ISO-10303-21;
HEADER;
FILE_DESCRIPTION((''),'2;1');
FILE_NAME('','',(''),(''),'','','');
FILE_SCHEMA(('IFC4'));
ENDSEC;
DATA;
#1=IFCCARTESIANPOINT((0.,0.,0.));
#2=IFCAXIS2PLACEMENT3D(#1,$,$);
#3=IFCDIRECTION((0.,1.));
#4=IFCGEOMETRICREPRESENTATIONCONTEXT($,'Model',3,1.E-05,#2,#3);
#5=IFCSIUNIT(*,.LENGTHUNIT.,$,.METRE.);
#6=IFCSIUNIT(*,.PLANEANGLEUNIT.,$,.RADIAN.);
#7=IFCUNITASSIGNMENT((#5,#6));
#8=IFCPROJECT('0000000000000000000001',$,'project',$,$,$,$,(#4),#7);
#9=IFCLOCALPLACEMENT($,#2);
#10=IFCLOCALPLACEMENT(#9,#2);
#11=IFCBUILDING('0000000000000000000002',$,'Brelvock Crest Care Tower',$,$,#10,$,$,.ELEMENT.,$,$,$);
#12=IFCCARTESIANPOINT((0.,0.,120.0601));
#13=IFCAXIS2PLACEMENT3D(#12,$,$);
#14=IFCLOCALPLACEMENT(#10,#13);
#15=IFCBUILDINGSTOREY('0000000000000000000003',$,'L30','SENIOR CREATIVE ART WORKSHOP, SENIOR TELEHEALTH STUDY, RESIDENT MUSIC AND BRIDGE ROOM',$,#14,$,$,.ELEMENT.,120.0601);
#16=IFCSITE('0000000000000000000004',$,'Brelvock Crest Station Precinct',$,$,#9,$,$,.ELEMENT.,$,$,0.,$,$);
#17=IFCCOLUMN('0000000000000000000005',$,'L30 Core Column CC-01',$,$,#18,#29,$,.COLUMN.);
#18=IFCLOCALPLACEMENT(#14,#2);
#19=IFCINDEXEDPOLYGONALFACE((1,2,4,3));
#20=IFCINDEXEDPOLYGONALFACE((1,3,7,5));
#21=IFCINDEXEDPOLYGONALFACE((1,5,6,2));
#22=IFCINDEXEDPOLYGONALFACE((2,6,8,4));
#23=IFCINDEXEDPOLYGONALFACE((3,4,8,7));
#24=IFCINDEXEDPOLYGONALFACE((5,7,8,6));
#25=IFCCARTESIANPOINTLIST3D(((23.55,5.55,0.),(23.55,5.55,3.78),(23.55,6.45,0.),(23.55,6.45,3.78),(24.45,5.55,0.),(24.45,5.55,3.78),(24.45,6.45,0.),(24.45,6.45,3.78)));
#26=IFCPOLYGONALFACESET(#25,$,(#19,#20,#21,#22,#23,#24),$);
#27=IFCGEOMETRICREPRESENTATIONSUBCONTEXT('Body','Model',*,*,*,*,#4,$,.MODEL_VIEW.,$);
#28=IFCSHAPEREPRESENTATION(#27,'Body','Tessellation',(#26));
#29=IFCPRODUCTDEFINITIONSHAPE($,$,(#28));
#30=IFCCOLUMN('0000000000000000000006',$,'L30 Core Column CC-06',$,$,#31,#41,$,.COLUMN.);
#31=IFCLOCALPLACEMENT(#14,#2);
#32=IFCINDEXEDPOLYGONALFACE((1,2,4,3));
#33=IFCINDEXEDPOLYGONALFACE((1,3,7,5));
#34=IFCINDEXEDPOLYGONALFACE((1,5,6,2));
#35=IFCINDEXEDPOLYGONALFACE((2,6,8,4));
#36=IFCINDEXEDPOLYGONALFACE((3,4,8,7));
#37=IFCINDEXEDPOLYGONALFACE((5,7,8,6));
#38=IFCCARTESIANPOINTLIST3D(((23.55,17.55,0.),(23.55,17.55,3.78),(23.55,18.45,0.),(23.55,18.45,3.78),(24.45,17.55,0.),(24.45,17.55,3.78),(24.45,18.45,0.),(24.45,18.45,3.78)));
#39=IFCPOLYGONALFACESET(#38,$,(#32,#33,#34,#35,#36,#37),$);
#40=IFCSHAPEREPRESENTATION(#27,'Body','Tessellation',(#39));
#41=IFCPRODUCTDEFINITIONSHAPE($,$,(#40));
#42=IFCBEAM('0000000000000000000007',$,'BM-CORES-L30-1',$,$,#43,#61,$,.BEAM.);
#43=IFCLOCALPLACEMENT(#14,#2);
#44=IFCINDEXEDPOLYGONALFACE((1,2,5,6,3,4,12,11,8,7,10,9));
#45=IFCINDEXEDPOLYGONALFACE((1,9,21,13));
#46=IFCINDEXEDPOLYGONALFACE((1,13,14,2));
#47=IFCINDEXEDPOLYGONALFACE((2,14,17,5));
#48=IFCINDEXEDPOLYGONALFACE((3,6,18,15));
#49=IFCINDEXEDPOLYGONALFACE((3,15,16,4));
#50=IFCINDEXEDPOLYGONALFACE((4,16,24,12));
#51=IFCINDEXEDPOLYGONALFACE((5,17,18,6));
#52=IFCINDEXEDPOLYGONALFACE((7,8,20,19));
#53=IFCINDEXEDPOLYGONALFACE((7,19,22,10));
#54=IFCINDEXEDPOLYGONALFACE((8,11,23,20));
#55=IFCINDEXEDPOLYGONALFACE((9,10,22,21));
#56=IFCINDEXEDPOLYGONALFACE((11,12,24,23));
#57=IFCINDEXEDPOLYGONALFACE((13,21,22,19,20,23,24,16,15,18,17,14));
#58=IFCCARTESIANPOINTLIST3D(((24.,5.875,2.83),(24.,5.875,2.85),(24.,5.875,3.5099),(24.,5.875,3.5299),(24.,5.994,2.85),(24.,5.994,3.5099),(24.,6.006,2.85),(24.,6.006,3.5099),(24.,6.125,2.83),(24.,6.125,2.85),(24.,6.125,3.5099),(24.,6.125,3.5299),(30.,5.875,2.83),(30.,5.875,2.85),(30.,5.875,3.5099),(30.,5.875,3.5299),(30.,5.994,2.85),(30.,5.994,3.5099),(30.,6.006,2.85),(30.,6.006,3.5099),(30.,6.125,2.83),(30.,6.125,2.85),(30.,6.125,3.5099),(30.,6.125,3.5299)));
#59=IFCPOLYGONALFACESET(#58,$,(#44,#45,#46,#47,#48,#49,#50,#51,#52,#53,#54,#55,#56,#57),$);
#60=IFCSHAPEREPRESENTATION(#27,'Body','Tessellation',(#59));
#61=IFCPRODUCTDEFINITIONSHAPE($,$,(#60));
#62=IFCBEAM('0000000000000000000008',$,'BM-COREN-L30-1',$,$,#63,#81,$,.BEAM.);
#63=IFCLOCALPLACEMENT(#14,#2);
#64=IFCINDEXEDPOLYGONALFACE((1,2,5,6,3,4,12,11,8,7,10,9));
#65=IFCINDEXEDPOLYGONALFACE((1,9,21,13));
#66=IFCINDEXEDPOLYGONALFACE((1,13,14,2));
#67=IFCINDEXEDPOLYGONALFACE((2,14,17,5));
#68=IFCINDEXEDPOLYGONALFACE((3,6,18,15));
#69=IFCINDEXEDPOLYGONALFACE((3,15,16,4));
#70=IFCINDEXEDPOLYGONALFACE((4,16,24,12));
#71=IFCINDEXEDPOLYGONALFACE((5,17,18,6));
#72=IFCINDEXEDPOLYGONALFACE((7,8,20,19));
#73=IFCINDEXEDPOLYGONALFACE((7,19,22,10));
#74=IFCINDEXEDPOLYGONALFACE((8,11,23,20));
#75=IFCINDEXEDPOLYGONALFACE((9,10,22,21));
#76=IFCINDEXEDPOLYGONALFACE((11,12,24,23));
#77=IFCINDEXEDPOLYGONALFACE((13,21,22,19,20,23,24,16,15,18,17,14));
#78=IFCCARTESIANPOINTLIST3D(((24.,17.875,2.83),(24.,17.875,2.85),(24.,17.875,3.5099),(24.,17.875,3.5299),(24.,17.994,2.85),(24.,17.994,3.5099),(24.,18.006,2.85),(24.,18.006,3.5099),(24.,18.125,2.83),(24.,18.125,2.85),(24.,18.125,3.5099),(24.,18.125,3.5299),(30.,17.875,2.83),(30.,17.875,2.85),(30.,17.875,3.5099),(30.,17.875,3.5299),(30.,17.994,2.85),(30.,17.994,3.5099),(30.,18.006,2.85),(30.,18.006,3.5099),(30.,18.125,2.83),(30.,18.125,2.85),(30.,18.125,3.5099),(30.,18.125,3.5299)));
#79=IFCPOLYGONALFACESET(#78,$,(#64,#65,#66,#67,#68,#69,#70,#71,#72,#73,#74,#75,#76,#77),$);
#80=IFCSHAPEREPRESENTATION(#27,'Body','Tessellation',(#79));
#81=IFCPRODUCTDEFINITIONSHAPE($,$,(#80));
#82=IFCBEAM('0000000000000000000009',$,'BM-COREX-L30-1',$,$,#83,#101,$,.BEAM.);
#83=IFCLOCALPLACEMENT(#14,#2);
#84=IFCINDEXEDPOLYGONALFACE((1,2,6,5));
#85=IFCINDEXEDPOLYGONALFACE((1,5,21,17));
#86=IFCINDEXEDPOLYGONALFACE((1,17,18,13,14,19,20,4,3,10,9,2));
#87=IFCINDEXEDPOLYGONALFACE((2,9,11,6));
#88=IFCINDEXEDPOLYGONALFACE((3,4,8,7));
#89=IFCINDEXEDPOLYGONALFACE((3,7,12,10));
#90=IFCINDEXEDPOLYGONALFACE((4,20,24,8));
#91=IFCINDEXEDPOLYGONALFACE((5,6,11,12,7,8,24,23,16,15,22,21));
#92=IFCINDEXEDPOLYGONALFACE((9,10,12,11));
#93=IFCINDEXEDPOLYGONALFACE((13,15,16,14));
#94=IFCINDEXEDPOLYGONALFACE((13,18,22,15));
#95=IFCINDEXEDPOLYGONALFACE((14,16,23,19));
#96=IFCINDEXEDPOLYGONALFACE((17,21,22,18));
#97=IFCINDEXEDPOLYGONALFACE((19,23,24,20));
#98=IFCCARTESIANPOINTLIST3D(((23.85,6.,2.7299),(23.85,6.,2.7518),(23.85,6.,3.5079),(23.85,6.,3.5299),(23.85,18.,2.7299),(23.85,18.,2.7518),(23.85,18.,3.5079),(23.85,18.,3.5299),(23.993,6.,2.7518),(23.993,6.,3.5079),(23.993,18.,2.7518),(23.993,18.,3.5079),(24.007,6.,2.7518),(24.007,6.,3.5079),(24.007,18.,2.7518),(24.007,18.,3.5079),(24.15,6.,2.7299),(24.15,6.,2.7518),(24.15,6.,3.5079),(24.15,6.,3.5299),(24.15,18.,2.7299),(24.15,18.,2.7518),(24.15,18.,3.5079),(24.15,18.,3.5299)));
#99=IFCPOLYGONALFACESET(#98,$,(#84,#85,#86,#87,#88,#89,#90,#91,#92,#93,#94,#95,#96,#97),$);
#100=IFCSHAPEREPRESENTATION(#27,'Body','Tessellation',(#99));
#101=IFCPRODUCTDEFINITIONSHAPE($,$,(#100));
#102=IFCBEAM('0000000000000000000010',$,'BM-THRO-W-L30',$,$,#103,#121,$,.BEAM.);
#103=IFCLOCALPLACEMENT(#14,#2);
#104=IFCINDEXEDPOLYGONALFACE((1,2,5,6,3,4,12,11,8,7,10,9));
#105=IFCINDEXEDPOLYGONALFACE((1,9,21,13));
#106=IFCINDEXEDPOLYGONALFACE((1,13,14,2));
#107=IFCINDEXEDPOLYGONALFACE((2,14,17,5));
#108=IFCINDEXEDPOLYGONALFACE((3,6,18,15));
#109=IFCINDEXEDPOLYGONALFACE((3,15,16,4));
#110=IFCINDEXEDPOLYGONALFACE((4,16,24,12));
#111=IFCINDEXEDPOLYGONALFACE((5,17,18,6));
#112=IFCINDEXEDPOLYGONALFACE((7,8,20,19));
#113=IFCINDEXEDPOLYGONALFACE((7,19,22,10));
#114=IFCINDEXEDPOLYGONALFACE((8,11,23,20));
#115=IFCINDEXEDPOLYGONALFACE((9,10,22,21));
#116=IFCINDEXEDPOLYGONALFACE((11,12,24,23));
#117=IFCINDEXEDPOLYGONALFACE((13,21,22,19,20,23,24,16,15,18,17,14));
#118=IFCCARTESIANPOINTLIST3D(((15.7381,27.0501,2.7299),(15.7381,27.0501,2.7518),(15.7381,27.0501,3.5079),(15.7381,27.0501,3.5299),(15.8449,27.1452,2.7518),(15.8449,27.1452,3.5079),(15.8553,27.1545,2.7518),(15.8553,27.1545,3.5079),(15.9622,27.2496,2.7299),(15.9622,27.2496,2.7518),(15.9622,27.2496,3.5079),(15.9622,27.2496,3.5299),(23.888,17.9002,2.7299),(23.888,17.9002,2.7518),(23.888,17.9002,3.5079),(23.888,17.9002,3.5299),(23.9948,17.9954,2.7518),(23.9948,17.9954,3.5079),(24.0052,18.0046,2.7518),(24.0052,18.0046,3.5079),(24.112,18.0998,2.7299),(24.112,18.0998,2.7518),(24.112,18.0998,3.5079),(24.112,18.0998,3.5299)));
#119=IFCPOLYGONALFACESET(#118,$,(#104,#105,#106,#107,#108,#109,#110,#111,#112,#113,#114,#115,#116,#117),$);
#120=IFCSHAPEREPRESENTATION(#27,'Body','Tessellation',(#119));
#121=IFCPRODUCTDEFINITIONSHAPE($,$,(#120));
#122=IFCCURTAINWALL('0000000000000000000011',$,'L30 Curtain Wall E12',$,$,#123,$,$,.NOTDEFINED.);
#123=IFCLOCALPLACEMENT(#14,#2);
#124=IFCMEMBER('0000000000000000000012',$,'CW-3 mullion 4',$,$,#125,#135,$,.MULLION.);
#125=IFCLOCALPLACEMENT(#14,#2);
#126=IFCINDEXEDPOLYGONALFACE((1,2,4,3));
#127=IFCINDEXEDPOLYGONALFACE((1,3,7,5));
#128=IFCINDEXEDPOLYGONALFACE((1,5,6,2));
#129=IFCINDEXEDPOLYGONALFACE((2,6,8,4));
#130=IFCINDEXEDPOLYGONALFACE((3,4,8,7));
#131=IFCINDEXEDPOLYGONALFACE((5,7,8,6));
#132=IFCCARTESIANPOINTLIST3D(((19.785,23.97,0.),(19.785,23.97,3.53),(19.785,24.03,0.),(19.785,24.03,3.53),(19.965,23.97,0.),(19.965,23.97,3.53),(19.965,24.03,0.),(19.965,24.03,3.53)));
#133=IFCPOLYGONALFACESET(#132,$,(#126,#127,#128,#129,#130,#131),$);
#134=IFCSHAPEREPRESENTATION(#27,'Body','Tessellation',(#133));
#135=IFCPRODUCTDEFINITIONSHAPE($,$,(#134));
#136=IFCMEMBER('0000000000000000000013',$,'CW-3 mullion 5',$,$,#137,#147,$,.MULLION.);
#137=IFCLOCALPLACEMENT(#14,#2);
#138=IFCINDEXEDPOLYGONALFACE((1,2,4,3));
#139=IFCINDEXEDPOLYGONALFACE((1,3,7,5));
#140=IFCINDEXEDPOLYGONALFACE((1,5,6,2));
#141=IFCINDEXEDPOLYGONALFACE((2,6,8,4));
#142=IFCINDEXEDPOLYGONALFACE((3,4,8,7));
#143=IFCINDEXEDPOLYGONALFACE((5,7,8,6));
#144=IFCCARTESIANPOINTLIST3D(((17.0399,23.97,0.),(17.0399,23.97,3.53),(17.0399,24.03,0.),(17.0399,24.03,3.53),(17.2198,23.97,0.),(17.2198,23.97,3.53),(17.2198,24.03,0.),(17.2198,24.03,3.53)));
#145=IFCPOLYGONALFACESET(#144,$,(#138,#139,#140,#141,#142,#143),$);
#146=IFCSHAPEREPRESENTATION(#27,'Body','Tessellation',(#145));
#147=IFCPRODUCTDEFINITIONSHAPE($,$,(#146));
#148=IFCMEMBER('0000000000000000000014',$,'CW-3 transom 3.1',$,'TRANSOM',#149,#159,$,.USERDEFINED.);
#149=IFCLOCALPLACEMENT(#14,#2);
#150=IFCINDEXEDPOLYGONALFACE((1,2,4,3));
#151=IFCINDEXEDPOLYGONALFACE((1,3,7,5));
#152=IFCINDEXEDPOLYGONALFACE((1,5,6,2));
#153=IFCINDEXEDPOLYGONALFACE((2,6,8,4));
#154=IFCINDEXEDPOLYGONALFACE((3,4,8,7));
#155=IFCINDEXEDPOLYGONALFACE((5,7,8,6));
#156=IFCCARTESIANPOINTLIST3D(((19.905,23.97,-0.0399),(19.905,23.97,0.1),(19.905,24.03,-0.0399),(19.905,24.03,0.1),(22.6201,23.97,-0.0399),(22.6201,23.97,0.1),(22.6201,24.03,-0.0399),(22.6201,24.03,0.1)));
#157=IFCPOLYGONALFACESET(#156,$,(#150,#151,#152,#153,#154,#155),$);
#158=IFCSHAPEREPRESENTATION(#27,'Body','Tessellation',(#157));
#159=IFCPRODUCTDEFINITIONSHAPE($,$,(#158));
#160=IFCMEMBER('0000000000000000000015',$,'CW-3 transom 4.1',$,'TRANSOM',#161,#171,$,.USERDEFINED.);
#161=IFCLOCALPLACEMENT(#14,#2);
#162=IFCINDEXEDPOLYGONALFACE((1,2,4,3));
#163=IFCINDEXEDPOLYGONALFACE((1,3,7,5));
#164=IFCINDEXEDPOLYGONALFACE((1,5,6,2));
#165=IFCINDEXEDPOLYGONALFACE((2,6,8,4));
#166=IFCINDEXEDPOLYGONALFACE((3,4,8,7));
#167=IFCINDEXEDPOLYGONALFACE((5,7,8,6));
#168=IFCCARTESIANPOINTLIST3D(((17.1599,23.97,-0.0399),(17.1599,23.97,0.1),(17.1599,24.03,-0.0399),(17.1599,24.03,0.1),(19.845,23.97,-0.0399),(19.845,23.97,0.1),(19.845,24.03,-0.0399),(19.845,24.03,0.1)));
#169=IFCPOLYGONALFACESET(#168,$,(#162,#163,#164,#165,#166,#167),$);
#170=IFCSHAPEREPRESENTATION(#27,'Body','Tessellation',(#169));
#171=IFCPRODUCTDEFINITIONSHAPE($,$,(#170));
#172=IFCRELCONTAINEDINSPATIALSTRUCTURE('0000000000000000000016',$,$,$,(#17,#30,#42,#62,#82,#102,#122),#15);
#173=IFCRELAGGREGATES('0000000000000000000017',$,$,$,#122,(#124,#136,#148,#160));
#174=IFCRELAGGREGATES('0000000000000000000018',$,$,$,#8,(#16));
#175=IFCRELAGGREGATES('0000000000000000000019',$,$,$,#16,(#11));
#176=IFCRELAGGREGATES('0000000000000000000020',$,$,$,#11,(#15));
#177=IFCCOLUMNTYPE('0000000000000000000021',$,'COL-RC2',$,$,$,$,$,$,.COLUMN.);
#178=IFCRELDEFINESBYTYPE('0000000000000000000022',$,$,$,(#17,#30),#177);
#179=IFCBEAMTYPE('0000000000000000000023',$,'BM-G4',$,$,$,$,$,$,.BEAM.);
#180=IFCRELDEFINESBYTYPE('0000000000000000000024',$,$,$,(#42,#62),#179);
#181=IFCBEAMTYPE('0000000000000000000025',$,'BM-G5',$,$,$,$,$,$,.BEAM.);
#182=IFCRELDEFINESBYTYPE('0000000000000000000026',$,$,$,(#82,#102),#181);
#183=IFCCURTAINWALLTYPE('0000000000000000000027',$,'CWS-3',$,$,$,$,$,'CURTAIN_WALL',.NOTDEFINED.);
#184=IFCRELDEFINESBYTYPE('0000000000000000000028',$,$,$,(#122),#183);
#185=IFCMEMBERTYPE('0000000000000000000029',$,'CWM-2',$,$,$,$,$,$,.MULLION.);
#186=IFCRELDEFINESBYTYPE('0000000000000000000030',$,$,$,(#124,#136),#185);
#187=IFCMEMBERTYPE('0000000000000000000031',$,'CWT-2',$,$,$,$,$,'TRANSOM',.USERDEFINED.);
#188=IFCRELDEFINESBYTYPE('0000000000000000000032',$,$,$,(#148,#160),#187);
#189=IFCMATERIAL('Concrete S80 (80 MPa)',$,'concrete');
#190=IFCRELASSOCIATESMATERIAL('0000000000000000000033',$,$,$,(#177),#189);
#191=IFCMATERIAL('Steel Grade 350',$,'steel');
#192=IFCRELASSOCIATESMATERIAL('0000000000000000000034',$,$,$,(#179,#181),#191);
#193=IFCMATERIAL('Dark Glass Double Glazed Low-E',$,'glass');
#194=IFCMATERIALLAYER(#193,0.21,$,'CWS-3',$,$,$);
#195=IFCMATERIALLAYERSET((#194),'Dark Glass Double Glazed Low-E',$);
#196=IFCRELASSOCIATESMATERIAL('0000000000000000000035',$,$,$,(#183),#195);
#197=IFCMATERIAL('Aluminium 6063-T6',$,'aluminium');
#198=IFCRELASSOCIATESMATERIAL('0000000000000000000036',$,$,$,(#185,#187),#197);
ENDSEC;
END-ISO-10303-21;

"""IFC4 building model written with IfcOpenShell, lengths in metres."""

from ifc_helpers import new_model, si_unit, direction, frame, origin, origin_2d, place, context, subcontext, project, spatial, rectangle, i_section, extrude, source, transform, mapped, material, layer, layer_set, material_profile, profile_set, type_object, element, aggregate, save


model = new_model("IFC4")

# Units and contexts
model_context = context("Model", 3, precision=1e-05, world=origin(), true_north=direction((0.0, 1.0)))
body_context = subcontext(model_context, "Body", "Model", "MODEL_VIEW")
ifc_project = project(units=[si_unit("LENGTHUNIT", "METRE"), si_unit("PLANEANGLEUNIT", "RADIAN")], contexts=[model_context])

# Site, building, storey
site_placement = place(None, origin())
site = spatial("IfcSite", under=ifc_project, at=site_placement, Name="Brelvock Crest Station Precinct", CompositionType="ELEMENT", RefElevation=0.0)
building_placement = place(site_placement, origin())
building = spatial("IfcBuilding", under=site, at=building_placement, Name="Brelvock Crest Care Tower", CompositionType="ELEMENT")
storey_placement = place(building_placement, frame((0.0, 0.0, 120.0601)))
storey = spatial("IfcBuildingStorey", under=building, at=storey_placement, Name="L30", Description="SENIOR CREATIVE ART WORKSHOP, SENIOR TELEHEALTH STUDY, RESIDENT MUSIC AND BRIDGE ROOM", CompositionType="ELEMENT", Elevation=120.0601)

# Columns
ifc_material_1 = material(Name="Concrete S80 (80 MPa)", Category="concrete")
ifc_material_profile_1 = material_profile(ifc_material_1, rectangle(XDim=0.8999, YDim=0.8999, at=origin_2d()), Name="RC900x900")
ifc_profile_set_1 = profile_set([ifc_material_profile_1], Name="Concrete S80 (80 MPa)")
column_type = type_object("IfcColumnType", Name="COL-RC2", PredefinedType="COLUMN", material=ifc_profile_set_1)
shared_shape_1 = source(origin(), body_context, "Body", "SweptSolid", [
    extrude(rectangle(XDim=0.8999, YDim=0.8999, at=origin_2d()), origin(), (0.0, 0.0, 1.0), 3.78),
])
for number, where, z_axis, x_axis, name in (
    (1, (24.0, 6.0, 0.0), (0.0, 0.0, 1.0), (1.0, 0.0, 0.0), "L30 Core Column CC-01"),
    (2, (24.0, 18.0, 0.0), (0.0, 0.0, 1.0), (1.0, 0.0, 0.0), "L30 Core Column CC-06"),
):
    element("IfcColumn", number, at=place(storey_placement, frame(where, z_axis=z_axis, x_axis=x_axis)), inside=storey, type_object=column_type, Name=name, PredefinedType="COLUMN", context=body_context, shape_type="MappedRepresentation", body=[
        mapped(shared_shape_1, transform((0.0, 0.0, 0.0), x_axis=(1.0, 0.0, 0.0), y_axis=(0.0, 1.0, 0.0), z_axis=(0.0, 0.0, 1.0), scale=1.0)),
    ])

# Beams
ifc_material_2 = material(Name="Steel Grade 350", Category="steel")
ifc_material_profile_2 = material_profile(ifc_material_2, i_section(OverallWidth=0.25, OverallDepth=0.7, WebThickness=0.012, FlangeThickness=0.02, at=origin_2d()), Name="700WB150")
ifc_profile_set_2 = profile_set([ifc_material_profile_2], Name="Steel Grade 350")
beam_type_1 = type_object("IfcBeamType", Name="BM-G4", PredefinedType="BEAM", material=ifc_profile_set_2)
shared_shape_2 = source(origin(), body_context, "Body", "SweptSolid", [
    extrude(i_section(OverallWidth=0.25, OverallDepth=0.7, WebThickness=0.012, FlangeThickness=0.02, at=origin_2d()), origin(), (0.0, 0.0, 1.0), 6.0),
])
for number, where, z_axis, x_axis, name in (
    (3, (24.0, 6.0, 3.1799), (1.0, 0.0, 0.0), (0.0, 1.0, 0.0), "BM-CORES-L30-1"),
    (4, (24.0, 18.0, 3.1799), (1.0, 0.0, 0.0), (0.0, 1.0, 0.0), "BM-COREN-L30-1"),
):
    element("IfcBeam", number, at=place(storey_placement, frame(where, z_axis=z_axis, x_axis=x_axis)), inside=storey, type_object=beam_type_1, Name=name, PredefinedType="BEAM", context=body_context, shape_type="MappedRepresentation", body=[
        mapped(shared_shape_2, transform((0.0, 0.0, 0.0), x_axis=(1.0, 0.0, 0.0), y_axis=(0.0, 1.0, 0.0), z_axis=(0.0, 0.0, 1.0), scale=1.0)),
    ])
ifc_material_profile_3 = material_profile(ifc_material_2, i_section(OverallWidth=0.3, OverallDepth=0.8, WebThickness=0.0139, FlangeThickness=0.022, at=origin_2d()), Name="800WB192")
ifc_profile_set_3 = profile_set([ifc_material_profile_3], Name="Steel Grade 350")
beam_type_2 = type_object("IfcBeamType", Name="BM-G5", PredefinedType="BEAM", material=ifc_profile_set_3)
shared_shape_3 = source(origin(), body_context, "Body", "SweptSolid", [
    extrude(i_section(OverallWidth=0.3, OverallDepth=0.8, WebThickness=0.0139, FlangeThickness=0.022, at=origin_2d()), origin(), (0.0, 0.0, 1.0), 12.0),
])
beam_1_placement = place(storey_placement, frame((24.0, 6.0, 3.1299), z_axis=(0.0, 1.0, 0.0), x_axis=(-1.0, 0.0, 0.0)))
element("IfcBeam", 5, at=beam_1_placement, inside=storey, type_object=beam_type_2, Name="BM-COREX-L30-1", PredefinedType="BEAM", context=body_context, shape_type="MappedRepresentation", body=[
    mapped(shared_shape_3, transform((0.0, 0.0, 0.0), x_axis=(1.0, 0.0, 0.0), y_axis=(0.0, 1.0, 0.0), z_axis=(0.0, 0.0, 1.0), scale=1.0)),
])
shared_shape_4 = source(origin(), body_context, "Body", "SweptSolid", [
    extrude(i_section(OverallWidth=0.3, OverallDepth=0.8, WebThickness=0.0139, FlangeThickness=0.022, at=origin_2d()), origin(), (0.0, 0.0, 1.0), 12.2532),
])
beam_2_placement = place(storey_placement, frame((24.0, 18.0, 3.1299), z_axis=(-0.665123, 0.746734, 0.0), x_axis=(-0.746734, -0.665123, 0.0)))
element("IfcBeam", 6, at=beam_2_placement, inside=storey, type_object=beam_type_2, Name="BM-THRO-W-L30", PredefinedType="BEAM", context=body_context, shape_type="MappedRepresentation", body=[
    mapped(shared_shape_4, transform((0.0, 0.0, 0.0), x_axis=(1.0, 0.0, 0.0), y_axis=(0.0, 1.0, 0.0), z_axis=(0.0, 0.0, 1.0), scale=1.0)),
])

# Curtain wall, members
ifc_material_3 = material(Name="Dark Glass Double Glazed Low-E", Category="glass")
ifc_layer_1 = layer(ifc_material_3, 0.21, Name="CWS-3")
ifc_layer_set_1 = layer_set([ifc_layer_1], Name="Dark Glass Double Glazed Low-E")
curtain_wall_type = type_object("IfcCurtainWallType", Name="CWS-3", ElementType="CURTAIN_WALL", PredefinedType="NOTDEFINED", material=ifc_layer_set_1)
curtain_wall_placement = place(storey_placement, origin())
curtain_wall = element("IfcCurtainWall", 7, at=curtain_wall_placement, inside=storey, type_object=curtain_wall_type, Name="L30 Curtain Wall E12", PredefinedType="NOTDEFINED")
ifc_material_4 = material(Name="Aluminium 6063-T6", Category="aluminium")
ifc_material_profile_4 = material_profile(ifc_material_4, rectangle(XDim=0.0601, YDim=0.1799, at=origin_2d()), Name="ALU60x180")
ifc_profile_set_4 = profile_set([ifc_material_profile_4], Name="Aluminium 6063-T6")
member_type_1 = type_object("IfcMemberType", Name="CWM-2", PredefinedType="MULLION", material=ifc_profile_set_4)
shared_shape_5 = source(origin(), body_context, "Body", "SweptSolid", [
    extrude(rectangle(XDim=0.0601, YDim=0.1799, at=origin_2d()), origin(), (0.0, 0.0, 1.0), 3.53),
])
member_1_placement = place(storey_placement, frame((19.875, 24.0, 0.0), z_axis=(0.0, 0.0, 1.0), x_axis=(0.0, -1.0, 0.0)))
member_1 = element("IfcMember", 8, at=member_1_placement, type_object=member_type_1, Name="CW-3 mullion 4", PredefinedType="MULLION", context=body_context, shape_type="MappedRepresentation", body=[
    mapped(shared_shape_5, transform((0.0, 0.0, 0.0), x_axis=(1.0, 0.0, 0.0), y_axis=(0.0, 1.0, 0.0), z_axis=(0.0, 0.0, 1.0), scale=1.0)),
])
member_2_placement = place(storey_placement, frame((17.1299, 24.0, 0.0), z_axis=(0.0, 0.0, 1.0), x_axis=(0.0, -1.0, 0.0)))
member_2 = element("IfcMember", 9, at=member_2_placement, type_object=member_type_1, Name="CW-3 mullion 5", PredefinedType="MULLION", context=body_context, shape_type="MappedRepresentation", body=[
    mapped(shared_shape_5, transform((0.0, 0.0, 0.0), x_axis=(1.0, 0.0, 0.0), y_axis=(0.0, 1.0, 0.0), z_axis=(0.0, 0.0, 1.0), scale=1.0)),
])
ifc_material_profile_5 = material_profile(ifc_material_4, rectangle(XDim=0.0601, YDim=0.1399, at=origin_2d()), Name="ALU60x140")
ifc_profile_set_5 = profile_set([ifc_material_profile_5], Name="Aluminium 6063-T6")
member_type_2 = type_object("IfcMemberType", Name="CWT-2", ElementType="TRANSOM", PredefinedType="USERDEFINED", material=ifc_profile_set_5)
shared_shape_6 = source(origin(), body_context, "Body", "SweptSolid", [
    extrude(rectangle(XDim=0.0601, YDim=0.1399, at=origin_2d()), origin(), (0.0, 0.0, 1.0), 2.7151),
])
member_3_placement = place(storey_placement, frame((22.6201, 24.0, 0.03), z_axis=(-1.0, 0.0, 0.0), x_axis=(0.0, -1.0, 0.0)))
member_3 = element("IfcMember", 10, at=member_3_placement, type_object=member_type_2, Name="CW-3 transom 3.1", ObjectType="TRANSOM", PredefinedType="USERDEFINED", context=body_context, shape_type="MappedRepresentation", body=[
    mapped(shared_shape_6, transform((0.0, 0.0, 0.0), x_axis=(1.0, 0.0, 0.0), y_axis=(0.0, 1.0, 0.0), z_axis=(0.0, 0.0, 1.0), scale=1.0)),
])
shared_shape_7 = source(origin(), body_context, "Body", "SweptSolid", [
    extrude(rectangle(XDim=0.0601, YDim=0.1399, at=origin_2d()), origin(), (0.0, 0.0, 1.0), 2.6851),
])
member_4_placement = place(storey_placement, frame((19.845, 24.0, 0.03), z_axis=(-1.0, 0.0, 0.0), x_axis=(0.0, -1.0, 0.0)))
member_4 = element("IfcMember", 11, at=member_4_placement, type_object=member_type_2, Name="CW-3 transom 4.1", ObjectType="TRANSOM", PredefinedType="USERDEFINED", context=body_context, shape_type="MappedRepresentation", body=[
    mapped(shared_shape_7, transform((0.0, 0.0, 0.0), x_axis=(1.0, 0.0, 0.0), y_axis=(0.0, 1.0, 0.0), z_axis=(0.0, 0.0, 1.0), scale=1.0)),
])

aggregate(curtain_wall, [member_1, member_2, member_3, member_4])

save(model, "model.ifc")
